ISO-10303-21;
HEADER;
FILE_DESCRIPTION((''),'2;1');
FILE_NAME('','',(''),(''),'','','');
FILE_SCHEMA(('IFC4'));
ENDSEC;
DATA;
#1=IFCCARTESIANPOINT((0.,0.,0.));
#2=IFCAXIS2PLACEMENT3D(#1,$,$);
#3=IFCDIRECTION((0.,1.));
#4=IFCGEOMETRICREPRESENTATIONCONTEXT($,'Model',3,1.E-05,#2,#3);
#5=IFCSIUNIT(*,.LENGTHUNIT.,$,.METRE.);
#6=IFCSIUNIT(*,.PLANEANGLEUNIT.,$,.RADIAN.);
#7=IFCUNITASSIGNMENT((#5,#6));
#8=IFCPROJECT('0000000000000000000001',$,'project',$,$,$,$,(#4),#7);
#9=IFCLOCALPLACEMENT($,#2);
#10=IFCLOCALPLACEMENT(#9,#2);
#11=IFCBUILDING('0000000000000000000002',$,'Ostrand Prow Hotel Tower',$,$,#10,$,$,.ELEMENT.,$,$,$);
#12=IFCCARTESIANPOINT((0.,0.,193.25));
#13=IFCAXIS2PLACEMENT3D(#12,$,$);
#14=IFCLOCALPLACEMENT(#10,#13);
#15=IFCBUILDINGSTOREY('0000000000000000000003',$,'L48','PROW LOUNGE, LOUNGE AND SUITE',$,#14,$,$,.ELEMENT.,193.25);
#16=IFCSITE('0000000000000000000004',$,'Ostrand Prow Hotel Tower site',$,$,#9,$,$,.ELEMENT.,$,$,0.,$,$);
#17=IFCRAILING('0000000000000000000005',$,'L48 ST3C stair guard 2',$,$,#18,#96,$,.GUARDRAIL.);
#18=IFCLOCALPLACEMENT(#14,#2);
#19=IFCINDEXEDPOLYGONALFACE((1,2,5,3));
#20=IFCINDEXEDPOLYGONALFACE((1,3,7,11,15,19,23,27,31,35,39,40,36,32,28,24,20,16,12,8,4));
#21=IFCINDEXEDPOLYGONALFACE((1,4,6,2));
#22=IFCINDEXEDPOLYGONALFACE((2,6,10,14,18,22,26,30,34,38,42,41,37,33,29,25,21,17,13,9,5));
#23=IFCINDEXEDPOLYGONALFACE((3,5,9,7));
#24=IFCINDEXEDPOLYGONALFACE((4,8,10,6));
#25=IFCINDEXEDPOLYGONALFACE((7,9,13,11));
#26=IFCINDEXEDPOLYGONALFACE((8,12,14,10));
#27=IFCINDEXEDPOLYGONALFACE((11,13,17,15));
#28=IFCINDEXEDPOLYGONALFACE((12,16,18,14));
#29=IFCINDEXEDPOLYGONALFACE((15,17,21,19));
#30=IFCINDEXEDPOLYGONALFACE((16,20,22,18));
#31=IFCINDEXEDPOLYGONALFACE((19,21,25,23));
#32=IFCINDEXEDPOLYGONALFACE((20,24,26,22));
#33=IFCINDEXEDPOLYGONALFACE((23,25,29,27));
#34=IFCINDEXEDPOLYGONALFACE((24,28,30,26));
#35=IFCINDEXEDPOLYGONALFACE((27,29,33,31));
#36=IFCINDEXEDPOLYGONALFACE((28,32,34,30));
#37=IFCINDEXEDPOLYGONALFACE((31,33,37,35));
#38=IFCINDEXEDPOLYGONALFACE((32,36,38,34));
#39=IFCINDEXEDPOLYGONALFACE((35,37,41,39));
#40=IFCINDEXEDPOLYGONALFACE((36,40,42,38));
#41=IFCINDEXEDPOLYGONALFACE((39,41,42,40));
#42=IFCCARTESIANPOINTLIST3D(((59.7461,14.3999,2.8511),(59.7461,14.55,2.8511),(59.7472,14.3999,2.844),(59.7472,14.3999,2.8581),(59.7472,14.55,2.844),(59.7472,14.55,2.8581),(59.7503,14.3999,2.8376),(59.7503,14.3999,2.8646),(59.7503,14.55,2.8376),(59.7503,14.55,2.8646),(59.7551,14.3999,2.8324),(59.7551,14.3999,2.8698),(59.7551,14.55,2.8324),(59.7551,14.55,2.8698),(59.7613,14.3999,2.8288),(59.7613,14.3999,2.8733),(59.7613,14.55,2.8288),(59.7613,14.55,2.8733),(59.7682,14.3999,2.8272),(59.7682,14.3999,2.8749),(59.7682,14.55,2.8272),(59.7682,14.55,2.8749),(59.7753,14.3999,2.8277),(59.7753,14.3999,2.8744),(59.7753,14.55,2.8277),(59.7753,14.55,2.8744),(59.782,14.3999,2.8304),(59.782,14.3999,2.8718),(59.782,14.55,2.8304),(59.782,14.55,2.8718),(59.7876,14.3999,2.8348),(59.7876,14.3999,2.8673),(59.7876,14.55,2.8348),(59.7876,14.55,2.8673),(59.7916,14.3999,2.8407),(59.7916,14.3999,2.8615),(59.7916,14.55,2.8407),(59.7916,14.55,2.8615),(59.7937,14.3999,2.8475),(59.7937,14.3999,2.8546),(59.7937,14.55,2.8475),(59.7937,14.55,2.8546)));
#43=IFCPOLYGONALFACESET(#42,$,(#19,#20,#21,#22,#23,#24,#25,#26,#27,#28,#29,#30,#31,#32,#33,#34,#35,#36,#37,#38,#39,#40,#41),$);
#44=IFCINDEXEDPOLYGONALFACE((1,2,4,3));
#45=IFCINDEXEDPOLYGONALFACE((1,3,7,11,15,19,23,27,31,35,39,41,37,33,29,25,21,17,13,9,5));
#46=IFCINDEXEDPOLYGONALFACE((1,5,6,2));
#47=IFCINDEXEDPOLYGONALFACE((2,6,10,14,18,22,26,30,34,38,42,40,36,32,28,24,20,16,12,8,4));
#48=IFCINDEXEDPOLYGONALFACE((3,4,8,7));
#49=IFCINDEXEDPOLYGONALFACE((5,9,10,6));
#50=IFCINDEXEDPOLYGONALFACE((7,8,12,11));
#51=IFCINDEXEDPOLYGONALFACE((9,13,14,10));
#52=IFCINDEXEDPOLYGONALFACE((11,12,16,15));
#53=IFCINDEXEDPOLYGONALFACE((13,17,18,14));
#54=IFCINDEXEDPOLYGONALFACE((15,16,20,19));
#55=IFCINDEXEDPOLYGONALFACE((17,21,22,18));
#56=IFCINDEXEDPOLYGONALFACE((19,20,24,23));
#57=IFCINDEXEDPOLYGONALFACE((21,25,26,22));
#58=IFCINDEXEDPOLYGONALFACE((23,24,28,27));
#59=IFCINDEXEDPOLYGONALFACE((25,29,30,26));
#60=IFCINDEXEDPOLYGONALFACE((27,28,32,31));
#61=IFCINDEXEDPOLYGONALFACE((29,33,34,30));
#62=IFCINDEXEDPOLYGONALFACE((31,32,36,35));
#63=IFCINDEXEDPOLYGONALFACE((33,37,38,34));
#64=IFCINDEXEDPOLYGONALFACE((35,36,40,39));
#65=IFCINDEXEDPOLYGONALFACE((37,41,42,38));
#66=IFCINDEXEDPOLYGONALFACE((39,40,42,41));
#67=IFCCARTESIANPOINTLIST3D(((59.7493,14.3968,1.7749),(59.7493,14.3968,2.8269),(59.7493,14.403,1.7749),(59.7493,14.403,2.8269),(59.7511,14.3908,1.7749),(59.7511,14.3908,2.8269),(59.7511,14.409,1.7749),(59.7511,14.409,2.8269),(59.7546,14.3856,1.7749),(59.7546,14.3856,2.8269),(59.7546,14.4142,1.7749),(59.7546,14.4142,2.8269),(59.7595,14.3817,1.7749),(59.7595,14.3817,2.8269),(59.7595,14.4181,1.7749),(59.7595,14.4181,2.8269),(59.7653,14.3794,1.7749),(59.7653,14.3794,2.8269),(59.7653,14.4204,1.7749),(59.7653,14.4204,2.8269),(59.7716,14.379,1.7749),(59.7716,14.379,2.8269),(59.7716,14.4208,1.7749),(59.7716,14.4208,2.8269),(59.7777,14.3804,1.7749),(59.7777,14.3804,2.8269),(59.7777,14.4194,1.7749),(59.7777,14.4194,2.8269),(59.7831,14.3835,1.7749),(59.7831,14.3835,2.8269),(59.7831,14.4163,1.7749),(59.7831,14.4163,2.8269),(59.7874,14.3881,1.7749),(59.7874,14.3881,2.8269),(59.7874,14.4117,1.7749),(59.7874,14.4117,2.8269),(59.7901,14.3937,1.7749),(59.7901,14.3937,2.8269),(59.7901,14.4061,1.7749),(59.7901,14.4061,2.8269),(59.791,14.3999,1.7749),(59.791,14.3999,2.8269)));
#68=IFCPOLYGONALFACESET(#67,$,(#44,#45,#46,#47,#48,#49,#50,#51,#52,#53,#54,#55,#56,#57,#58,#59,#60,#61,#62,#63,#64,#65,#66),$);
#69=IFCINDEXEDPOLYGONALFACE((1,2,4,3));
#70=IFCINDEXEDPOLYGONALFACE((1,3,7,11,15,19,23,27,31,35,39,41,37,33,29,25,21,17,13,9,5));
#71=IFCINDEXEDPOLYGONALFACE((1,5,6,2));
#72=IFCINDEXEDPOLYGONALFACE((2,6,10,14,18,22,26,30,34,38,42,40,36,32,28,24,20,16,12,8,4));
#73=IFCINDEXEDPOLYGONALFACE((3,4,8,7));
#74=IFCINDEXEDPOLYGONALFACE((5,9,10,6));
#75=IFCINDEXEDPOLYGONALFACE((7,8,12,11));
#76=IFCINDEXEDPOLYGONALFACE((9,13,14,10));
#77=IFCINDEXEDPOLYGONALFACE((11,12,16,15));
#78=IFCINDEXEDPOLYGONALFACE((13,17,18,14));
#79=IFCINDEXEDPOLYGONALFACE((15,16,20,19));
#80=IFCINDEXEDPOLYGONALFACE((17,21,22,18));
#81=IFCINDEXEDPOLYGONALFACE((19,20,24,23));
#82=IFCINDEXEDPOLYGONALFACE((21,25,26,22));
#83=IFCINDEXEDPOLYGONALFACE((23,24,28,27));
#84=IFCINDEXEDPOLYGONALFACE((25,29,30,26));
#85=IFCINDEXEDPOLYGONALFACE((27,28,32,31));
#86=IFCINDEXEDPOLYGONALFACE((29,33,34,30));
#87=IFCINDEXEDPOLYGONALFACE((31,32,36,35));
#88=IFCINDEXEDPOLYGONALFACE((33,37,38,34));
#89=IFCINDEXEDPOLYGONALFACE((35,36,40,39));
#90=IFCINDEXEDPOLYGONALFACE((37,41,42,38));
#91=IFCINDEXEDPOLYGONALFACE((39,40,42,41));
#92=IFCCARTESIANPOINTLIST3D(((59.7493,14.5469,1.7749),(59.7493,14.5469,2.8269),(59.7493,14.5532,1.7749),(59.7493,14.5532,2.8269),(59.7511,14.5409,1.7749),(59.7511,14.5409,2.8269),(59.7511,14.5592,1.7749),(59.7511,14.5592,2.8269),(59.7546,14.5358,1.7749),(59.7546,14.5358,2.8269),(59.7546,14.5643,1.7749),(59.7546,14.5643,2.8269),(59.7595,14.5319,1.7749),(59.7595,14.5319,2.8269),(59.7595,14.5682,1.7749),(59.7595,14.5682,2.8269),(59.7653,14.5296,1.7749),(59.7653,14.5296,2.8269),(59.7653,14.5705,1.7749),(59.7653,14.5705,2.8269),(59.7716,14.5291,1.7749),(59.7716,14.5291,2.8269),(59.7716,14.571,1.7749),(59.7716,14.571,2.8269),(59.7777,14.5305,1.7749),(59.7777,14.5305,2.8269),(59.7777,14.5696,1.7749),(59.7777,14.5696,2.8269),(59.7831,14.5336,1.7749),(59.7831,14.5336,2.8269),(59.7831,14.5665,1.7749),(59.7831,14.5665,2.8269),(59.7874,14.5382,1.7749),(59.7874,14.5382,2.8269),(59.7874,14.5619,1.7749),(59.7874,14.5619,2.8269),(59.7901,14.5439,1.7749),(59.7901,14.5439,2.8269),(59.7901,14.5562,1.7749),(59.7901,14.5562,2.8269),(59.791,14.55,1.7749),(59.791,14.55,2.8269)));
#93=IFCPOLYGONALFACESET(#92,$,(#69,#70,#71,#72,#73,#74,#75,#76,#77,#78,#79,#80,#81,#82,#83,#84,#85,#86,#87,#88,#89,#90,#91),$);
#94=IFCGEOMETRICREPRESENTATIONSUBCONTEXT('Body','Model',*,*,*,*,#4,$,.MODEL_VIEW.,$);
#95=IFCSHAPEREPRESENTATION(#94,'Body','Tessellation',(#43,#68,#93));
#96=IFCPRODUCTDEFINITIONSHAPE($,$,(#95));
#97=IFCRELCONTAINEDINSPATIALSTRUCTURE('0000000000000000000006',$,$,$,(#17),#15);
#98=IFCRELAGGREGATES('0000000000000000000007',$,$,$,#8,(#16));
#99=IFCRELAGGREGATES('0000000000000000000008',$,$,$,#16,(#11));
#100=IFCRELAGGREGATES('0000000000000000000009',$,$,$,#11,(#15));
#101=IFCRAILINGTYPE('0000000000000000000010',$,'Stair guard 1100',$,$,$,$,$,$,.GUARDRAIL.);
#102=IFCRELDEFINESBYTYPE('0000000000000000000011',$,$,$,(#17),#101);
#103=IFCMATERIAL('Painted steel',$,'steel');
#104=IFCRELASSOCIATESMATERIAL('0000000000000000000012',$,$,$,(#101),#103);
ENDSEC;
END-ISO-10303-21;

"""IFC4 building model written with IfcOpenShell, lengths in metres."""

from ifc_helpers import new_model, si_unit, direction, frame, origin, origin_2d, place, context, subcontext, project, spatial, circle, extrude, material, type_object, element, save


model = new_model("IFC4")

# Units and contexts
model_context = context("Model", 3, precision=1e-05, world=origin(), true_north=direction((0.0, 1.0)))
body_context = subcontext(model_context, "Body", "Model", "MODEL_VIEW")
ifc_project = project(units=[si_unit("LENGTHUNIT", "METRE"), si_unit("PLANEANGLEUNIT", "RADIAN")], contexts=[model_context])

# Site, building, storey
site_placement = place(None, origin())
site = spatial("IfcSite", under=ifc_project, at=site_placement, Name="Ostrand Prow Hotel Tower site", CompositionType="ELEMENT", RefElevation=0.0)
building_placement = place(site_placement, origin())
building = spatial("IfcBuilding", under=site, at=building_placement, Name="Ostrand Prow Hotel Tower", CompositionType="ELEMENT")
storey_placement = place(building_placement, frame((0.0, 0.0, 193.25)))
storey = spatial("IfcBuildingStorey", under=building, at=storey_placement, Name="L48", Description="PROW LOUNGE, LOUNGE AND SUITE", CompositionType="ELEMENT", Elevation=193.25)

# Railing
ifc_material_1 = material(Name="Painted steel", Category="steel")
railing_type_1 = type_object("IfcRailingType", Name="Stair guard 1100", PredefinedType="GUARDRAIL", material=ifc_material_1)
railing_1_placement = place(storey_placement, frame((59.77, 14.3999, 1.7749)))
element("IfcRailing", 1, at=railing_1_placement, inside=storey, type_object=railing_type_1, Name="L48 ST3C stair guard 2", PredefinedType="GUARDRAIL", context=body_context, shape_type="SweptSolid", body=[
    extrude(circle(Radius=0.0239, at=origin_2d()), frame((0.0, 0.0, 1.0762), z_axis=(0.0, 1.0, 0.0), x_axis=(-1.0, 0.0, 0.0)), (0.0, 0.0, 1.0), 0.1501),
    extrude(circle(Radius=0.021, at=origin_2d()), origin(), (0.0, 0.0, 1.0), 1.052),
    extrude(circle(Radius=0.021, at=origin_2d()), frame((0.0, 0.1501, 0.0)), (0.0, 0.0, 1.0), 1.052),
])

save(model, "model.ifc")
